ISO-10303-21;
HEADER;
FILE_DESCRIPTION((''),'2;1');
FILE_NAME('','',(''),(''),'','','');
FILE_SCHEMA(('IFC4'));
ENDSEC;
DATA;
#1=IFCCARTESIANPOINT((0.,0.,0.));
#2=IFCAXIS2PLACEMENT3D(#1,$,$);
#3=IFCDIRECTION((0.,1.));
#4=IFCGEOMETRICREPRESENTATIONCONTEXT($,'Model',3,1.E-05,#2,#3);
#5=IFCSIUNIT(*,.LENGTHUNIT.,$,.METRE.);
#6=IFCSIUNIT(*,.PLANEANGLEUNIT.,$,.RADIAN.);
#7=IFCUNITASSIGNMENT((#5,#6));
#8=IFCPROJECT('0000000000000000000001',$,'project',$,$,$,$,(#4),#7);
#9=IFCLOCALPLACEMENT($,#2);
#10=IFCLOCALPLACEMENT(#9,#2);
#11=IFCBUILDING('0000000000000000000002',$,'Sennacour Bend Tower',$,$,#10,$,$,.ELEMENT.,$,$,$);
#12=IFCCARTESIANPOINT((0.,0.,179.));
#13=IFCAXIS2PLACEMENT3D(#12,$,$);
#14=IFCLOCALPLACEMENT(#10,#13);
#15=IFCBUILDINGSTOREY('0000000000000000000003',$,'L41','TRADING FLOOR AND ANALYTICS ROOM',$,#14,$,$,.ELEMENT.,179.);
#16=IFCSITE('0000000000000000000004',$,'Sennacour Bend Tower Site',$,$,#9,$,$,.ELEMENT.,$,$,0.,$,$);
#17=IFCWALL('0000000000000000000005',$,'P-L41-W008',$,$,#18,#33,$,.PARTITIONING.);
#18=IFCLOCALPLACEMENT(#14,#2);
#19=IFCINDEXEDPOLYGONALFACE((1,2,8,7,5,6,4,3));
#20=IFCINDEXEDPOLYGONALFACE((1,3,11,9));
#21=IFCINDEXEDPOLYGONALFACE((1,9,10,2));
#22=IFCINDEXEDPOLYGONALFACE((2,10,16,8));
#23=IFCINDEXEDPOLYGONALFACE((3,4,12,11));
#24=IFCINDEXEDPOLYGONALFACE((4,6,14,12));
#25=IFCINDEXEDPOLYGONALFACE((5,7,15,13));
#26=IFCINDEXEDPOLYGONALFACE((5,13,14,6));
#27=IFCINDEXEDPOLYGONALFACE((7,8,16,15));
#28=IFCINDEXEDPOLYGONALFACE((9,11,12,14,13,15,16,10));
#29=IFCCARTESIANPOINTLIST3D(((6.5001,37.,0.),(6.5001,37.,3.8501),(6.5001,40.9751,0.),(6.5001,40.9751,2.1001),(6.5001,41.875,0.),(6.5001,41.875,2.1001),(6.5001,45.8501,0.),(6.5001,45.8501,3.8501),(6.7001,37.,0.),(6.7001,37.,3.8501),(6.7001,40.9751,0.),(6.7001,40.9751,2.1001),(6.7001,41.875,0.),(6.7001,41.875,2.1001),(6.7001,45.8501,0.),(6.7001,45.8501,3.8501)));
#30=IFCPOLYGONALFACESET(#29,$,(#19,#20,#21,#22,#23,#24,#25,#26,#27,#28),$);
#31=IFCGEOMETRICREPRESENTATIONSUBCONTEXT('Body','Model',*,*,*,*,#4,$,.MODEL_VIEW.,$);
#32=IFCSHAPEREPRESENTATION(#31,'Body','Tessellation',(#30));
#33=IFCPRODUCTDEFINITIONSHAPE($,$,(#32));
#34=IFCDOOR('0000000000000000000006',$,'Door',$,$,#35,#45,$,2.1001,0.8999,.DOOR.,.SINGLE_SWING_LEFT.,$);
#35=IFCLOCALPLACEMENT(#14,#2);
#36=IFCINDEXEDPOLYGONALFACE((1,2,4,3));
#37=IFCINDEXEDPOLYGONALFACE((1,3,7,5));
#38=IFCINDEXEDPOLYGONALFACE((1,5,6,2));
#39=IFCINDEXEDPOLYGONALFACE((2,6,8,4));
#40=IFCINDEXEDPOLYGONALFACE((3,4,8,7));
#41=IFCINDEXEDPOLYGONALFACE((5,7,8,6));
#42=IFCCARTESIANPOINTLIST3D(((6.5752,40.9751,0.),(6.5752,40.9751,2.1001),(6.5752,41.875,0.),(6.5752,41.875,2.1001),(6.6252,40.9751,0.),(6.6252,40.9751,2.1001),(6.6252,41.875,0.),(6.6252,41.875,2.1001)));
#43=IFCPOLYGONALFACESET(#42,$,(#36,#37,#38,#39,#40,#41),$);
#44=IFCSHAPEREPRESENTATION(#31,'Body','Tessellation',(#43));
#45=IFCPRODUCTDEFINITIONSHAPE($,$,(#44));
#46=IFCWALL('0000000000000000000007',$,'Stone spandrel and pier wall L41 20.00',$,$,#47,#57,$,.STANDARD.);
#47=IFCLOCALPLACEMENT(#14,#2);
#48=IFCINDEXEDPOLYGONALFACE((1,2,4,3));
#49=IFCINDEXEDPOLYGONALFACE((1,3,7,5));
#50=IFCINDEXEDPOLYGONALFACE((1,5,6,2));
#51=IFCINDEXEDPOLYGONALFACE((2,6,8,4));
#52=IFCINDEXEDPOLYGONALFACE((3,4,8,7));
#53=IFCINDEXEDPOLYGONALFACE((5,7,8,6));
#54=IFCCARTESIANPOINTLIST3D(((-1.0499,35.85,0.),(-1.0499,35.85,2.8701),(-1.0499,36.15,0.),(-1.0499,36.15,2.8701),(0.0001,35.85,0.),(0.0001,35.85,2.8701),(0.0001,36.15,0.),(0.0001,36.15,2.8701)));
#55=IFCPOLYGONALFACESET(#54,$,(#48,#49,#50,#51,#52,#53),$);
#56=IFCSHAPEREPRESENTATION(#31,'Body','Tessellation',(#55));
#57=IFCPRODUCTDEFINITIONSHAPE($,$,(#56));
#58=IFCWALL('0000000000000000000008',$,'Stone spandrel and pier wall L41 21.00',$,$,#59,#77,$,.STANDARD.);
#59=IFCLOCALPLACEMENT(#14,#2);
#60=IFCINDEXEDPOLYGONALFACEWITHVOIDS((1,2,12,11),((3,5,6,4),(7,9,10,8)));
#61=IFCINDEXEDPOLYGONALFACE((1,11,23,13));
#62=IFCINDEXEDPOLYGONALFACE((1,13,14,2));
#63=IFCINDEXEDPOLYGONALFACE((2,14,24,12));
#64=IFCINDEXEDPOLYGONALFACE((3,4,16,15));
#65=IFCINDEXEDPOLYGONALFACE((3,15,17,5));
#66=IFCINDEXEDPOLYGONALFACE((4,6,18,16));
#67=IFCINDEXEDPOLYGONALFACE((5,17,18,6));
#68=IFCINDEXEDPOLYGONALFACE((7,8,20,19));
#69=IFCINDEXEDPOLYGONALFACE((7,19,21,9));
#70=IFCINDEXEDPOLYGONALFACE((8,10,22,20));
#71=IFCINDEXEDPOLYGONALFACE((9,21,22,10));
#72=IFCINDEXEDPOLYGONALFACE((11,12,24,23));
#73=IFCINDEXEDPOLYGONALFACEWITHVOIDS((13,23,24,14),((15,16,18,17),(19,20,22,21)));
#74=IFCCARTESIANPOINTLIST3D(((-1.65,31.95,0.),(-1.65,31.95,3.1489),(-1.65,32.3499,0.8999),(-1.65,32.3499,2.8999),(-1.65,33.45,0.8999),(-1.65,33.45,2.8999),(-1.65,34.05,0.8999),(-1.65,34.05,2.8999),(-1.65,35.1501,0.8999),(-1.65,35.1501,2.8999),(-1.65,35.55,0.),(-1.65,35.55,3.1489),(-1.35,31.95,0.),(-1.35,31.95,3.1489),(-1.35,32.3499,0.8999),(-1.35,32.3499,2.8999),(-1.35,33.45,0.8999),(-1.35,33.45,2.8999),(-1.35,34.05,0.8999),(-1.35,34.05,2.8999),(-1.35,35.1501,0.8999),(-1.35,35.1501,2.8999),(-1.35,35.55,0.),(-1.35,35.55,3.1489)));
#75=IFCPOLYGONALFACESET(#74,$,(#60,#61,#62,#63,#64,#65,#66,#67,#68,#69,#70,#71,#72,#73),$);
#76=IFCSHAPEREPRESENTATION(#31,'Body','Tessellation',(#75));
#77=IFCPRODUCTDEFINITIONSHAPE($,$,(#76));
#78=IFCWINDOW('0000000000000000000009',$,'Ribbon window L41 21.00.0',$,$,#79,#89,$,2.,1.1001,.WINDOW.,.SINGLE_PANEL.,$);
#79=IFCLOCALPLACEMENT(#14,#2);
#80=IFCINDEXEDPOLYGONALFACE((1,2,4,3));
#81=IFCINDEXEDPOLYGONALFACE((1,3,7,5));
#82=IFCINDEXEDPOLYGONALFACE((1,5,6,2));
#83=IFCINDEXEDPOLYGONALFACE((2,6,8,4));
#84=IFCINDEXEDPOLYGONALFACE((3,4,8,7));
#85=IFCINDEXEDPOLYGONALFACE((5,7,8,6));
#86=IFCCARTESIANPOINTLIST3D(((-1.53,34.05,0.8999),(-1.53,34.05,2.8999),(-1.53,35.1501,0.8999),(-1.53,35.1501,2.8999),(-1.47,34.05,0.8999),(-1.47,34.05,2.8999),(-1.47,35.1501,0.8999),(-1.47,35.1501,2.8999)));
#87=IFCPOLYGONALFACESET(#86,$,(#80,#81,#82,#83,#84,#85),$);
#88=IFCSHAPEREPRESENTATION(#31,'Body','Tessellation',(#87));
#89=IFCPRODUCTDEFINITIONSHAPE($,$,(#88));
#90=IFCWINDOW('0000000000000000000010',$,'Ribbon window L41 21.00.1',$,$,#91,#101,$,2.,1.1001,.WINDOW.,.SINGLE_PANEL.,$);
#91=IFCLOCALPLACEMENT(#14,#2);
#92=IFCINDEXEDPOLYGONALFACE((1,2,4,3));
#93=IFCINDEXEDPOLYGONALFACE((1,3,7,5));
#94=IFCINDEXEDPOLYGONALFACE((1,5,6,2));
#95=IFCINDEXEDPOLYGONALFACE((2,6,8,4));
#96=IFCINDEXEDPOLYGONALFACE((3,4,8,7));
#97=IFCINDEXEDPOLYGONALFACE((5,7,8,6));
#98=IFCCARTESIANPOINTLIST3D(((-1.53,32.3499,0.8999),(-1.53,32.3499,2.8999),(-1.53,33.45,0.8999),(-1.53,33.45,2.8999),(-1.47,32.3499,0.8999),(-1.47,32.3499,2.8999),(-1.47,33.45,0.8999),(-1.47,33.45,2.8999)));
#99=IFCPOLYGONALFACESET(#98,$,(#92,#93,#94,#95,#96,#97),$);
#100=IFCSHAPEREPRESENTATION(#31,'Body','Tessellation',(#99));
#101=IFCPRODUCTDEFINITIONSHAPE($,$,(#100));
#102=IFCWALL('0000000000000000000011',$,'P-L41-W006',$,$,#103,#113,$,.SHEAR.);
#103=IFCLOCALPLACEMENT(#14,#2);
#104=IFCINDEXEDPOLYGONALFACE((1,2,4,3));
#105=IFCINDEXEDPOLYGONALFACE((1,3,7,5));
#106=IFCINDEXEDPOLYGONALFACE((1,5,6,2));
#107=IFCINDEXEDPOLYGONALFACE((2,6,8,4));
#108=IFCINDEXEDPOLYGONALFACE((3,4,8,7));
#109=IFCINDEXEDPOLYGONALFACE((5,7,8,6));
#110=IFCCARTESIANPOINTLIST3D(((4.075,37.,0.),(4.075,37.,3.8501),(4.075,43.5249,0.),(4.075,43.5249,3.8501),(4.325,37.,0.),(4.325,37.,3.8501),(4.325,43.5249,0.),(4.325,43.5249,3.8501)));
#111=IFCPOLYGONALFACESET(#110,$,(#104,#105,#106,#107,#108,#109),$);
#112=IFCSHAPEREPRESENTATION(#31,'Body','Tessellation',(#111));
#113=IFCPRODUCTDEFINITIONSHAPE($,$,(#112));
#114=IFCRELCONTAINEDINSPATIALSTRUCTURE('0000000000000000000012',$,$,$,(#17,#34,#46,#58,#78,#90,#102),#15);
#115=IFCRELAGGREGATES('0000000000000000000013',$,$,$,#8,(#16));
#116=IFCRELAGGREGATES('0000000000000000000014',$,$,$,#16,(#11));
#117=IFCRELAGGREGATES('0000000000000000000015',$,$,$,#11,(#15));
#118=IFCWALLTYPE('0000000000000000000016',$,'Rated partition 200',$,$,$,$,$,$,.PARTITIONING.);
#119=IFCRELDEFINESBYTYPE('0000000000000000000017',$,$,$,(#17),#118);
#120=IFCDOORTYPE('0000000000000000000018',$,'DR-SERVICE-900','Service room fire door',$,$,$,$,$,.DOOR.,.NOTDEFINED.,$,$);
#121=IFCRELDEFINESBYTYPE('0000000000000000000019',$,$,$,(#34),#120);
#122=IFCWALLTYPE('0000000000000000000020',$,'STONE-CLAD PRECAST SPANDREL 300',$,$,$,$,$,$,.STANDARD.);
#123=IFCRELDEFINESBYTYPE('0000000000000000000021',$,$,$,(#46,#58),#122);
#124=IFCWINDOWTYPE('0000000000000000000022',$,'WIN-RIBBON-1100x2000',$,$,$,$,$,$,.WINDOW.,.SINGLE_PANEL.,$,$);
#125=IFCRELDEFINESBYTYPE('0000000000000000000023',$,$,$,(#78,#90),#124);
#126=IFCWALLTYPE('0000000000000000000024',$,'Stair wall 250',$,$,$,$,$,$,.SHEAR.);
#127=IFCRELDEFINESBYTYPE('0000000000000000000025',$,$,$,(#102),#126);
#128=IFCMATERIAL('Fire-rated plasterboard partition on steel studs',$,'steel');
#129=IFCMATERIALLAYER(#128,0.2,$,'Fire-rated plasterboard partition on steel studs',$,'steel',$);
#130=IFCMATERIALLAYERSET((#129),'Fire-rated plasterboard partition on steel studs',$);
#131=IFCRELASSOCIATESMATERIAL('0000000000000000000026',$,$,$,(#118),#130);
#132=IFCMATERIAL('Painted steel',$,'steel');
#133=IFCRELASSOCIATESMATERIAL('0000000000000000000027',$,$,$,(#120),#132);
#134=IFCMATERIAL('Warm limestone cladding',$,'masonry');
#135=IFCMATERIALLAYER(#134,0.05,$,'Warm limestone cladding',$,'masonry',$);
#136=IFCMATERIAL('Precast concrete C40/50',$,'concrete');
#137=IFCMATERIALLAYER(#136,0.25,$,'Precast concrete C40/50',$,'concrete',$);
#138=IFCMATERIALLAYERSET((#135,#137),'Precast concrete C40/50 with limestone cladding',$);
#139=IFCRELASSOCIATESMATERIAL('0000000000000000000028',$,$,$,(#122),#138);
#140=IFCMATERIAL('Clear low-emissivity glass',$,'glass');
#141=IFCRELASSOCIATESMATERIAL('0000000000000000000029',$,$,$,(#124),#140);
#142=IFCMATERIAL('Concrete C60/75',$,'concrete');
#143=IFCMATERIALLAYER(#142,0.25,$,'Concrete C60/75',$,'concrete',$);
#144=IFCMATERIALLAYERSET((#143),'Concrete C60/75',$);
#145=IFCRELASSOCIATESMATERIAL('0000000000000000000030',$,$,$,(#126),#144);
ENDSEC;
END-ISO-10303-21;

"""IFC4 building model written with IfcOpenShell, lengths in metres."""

from ifc_helpers import new_model, si_unit, direction, frame, frame_2d, origin, place, context, subcontext, project, spatial, rectangle, extrude, material, layer, layer_set, type_object, element, fill, save


model = new_model("IFC4")

# Units and contexts
model_context = context("Model", 3, precision=1e-05, world=origin(), true_north=direction((0.0, 1.0)))
body_context = subcontext(model_context, "Body", "Model", "MODEL_VIEW")
ifc_project = project(units=[si_unit("LENGTHUNIT", "METRE"), si_unit("PLANEANGLEUNIT", "RADIAN")], contexts=[model_context])

# Site, building, storey
site_placement = place(None, origin())
site = spatial("IfcSite", under=ifc_project, at=site_placement, Name="Sennacour Bend Tower Site", CompositionType="ELEMENT", RefElevation=0.0)
building_placement = place(site_placement, origin())
building = spatial("IfcBuilding", under=site, at=building_placement, Name="Sennacour Bend Tower", CompositionType="ELEMENT")
storey_placement = place(building_placement, frame((0.0, 0.0, 179.0)))
storey = spatial("IfcBuildingStorey", under=building, at=storey_placement, Name="L41", Description="TRADING FLOOR AND ANALYTICS ROOM", CompositionType="ELEMENT", Elevation=179.0)

# Shared definitions
ifc_material_1 = material(Name="Concrete C60/75", Category="concrete")
ifc_material_2 = material(Name="Painted steel", Category="steel")

# Wall, opening, door
ifc_material_3 = material(Name="Fire-rated plasterboard partition on steel studs", Category="steel")
ifc_layer_1 = layer(ifc_material_3, 0.2, Name="Fire-rated plasterboard partition on steel studs", Category="steel")
ifc_layer_set_1 = layer_set([ifc_layer_1], Name="Fire-rated plasterboard partition on steel studs")
wall_type_1 = type_object("IfcWallType", Name="Rated partition 200", PredefinedType="PARTITIONING", material=ifc_layer_set_1)
wall_1_placement = place(storey_placement, frame((6.6001, 37.0, 0.0), z_axis=(0.0, 0.0, 1.0), x_axis=(0.0, 1.0, 0.0)))
wall_1 = element("IfcWall", 1, at=wall_1_placement, inside=storey, type_object=wall_type_1, Name="P-L41-W008", PredefinedType="PARTITIONING", context=body_context, shape_type="SweptSolid", body=[
    extrude(rectangle(XDim=8.8501, YDim=0.2, at=frame_2d((4.425, 0.0))), origin(), (0.0, 0.0, 1.0), 3.8501),
])
opening_1_placement = place(wall_1_placement, frame((3.9751, 0.0, 0.0)))
opening_1 = element("IfcOpeningElement", 2, at=opening_1_placement, cuts=wall_1, PredefinedType="OPENING", context=body_context, shape_type="SweptSolid", body=[
    extrude(rectangle(XDim=0.8999, YDim=2.1001, at=frame_2d((0.45, 1.05))), frame((0.0, 0.1099, 0.0), z_axis=(0.0, -1.0, 0.0), x_axis=(1.0, 0.0, 0.0)), (0.0, 0.0, 1.0), 0.22),
])
door_type_1 = type_object("IfcDoorType", Name="DR-SERVICE-900", Description="Service room fire door", OperationType="NOTDEFINED", PredefinedType="DOOR", material=ifc_material_2)
door_1_placement = place(opening_1_placement, origin())
door_1 = element("IfcDoor", 3, at=door_1_placement, inside=storey, type_object=door_type_1, Name="Door", OperationType="SINGLE_SWING_LEFT", OverallHeight=2.1001, OverallWidth=0.8999, PredefinedType="DOOR", context=body_context, shape_type="SweptSolid", body=[
    extrude(rectangle(XDim=0.8999, YDim=2.1001, at=frame_2d((0.45, 1.05))), frame((0.0, 0.0249, 0.0), z_axis=(0.0, -1.0, 0.0), x_axis=(1.0, 0.0, 0.0)), (0.0, 0.0, 1.0), 0.05),
])
fill(opening_1, door_1)

# Wall
ifc_material_4 = material(Name="Warm limestone cladding", Category="masonry")
ifc_layer_2 = layer(ifc_material_4, 0.05, Name="Warm limestone cladding", Category="masonry")
ifc_material_5 = material(Name="Precast concrete C40/50", Category="concrete")
ifc_layer_3 = layer(ifc_material_5, 0.25, Name="Precast concrete C40/50", Category="concrete")
ifc_layer_set_2 = layer_set([ifc_layer_2, ifc_layer_3], Name="Precast concrete C40/50 with limestone cladding")
wall_type_2 = type_object("IfcWallType", Name="STONE-CLAD PRECAST SPANDREL 300", PredefinedType="STANDARD", material=ifc_layer_set_2)
wall_2_placement = place(storey_placement, frame((0.0, 36.0, 0.0), z_axis=(0.0, 0.0, 1.0), x_axis=(-1.0, 0.0, 0.0)))
element("IfcWall", 4, at=wall_2_placement, inside=storey, type_object=wall_type_2, Name="Stone spandrel and pier wall L41 20.00", PredefinedType="STANDARD", context=body_context, shape_type="SweptSolid", body=[
    extrude(rectangle(XDim=1.05, YDim=0.3, at=frame_2d((0.5249, 0.0))), origin(), (0.0, 0.0, 1.0), 2.8701),
])

# Wall, openings, windows
wall_3_placement = place(storey_placement, frame((-1.5, 35.55, 0.0), z_axis=(0.0, 0.0, 1.0), x_axis=(0.0, -1.0, 0.0)))
wall_3 = element("IfcWall", 5, at=wall_3_placement, inside=storey, type_object=wall_type_2, Name="Stone spandrel and pier wall L41 21.00", PredefinedType="STANDARD", context=body_context, shape_type="SweptSolid", body=[
    extrude(rectangle(XDim=3.6001, YDim=0.3, at=frame_2d((1.8, 0.0))), origin(), (0.0, 0.0, 1.0), 3.1489),
])
opening_2_placement = place(wall_3_placement, frame((0.3999, 0.0, 0.8999)))
opening_2 = element("IfcOpeningElement", 6, at=opening_2_placement, cuts=wall_3, PredefinedType="OPENING", context=body_context, shape_type="SweptSolid", body=[
    extrude(rectangle(XDim=1.1001, YDim=2.0, at=frame_2d((0.55, 1.0))), frame((0.0, 0.1602, 0.0), z_axis=(0.0, -1.0, 0.0), x_axis=(1.0, 0.0, 0.0)), (0.0, 0.0, 1.0), 0.3201),
])
opening_3_placement = place(wall_3_placement, frame((2.1001, 0.0, 0.8999)))
opening_3 = element("IfcOpeningElement", 7, at=opening_3_placement, cuts=wall_3, PredefinedType="OPENING", context=body_context, shape_type="SweptSolid", body=[
    extrude(rectangle(XDim=1.1001, YDim=2.0, at=frame_2d((0.55, 1.0))), frame((0.0, 0.1602, 0.0), z_axis=(0.0, -1.0, 0.0), x_axis=(1.0, 0.0, 0.0)), (0.0, 0.0, 1.0), 0.3201),
])
ifc_material_6 = material(Name="Clear low-emissivity glass", Category="glass")
window_type = type_object("IfcWindowType", Name="WIN-RIBBON-1100x2000", PartitioningType="SINGLE_PANEL", PredefinedType="WINDOW", material=ifc_material_6)
window_1_placement = place(opening_2_placement, origin())
window_1 = element("IfcWindow", 8, at=window_1_placement, inside=storey, type_object=window_type, Name="Ribbon window L41 21.00.0", OverallHeight=2.0, OverallWidth=1.1001, PartitioningType="SINGLE_PANEL", PredefinedType="WINDOW", context=body_context, shape_type="SweptSolid", body=[
    extrude(rectangle(XDim=1.1001, YDim=2.0, at=frame_2d((0.55, 1.0))), frame((0.0, 0.03, 0.0), z_axis=(0.0, -1.0, 0.0), x_axis=(1.0, 0.0, 0.0)), (0.0, 0.0, 1.0), 0.0601),
])
fill(opening_2, window_1)
window_2_placement = place(opening_3_placement, origin())
window_2 = element("IfcWindow", 9, at=window_2_placement, inside=storey, type_object=window_type, Name="Ribbon window L41 21.00.1", OverallHeight=2.0, OverallWidth=1.1001, PartitioningType="SINGLE_PANEL", PredefinedType="WINDOW", context=body_context, shape_type="SweptSolid", body=[
    extrude(rectangle(XDim=1.1001, YDim=2.0, at=frame_2d((0.55, 1.0))), frame((0.0, 0.03, 0.0), z_axis=(0.0, -1.0, 0.0), x_axis=(1.0, 0.0, 0.0)), (0.0, 0.0, 1.0), 0.0601),
])
fill(opening_3, window_2)

# Wall
ifc_layer_4 = layer(ifc_material_1, 0.25, Name="Concrete C60/75", Category="concrete")
ifc_layer_set_3 = layer_set([ifc_layer_4], Name="Concrete C60/75")
wall_type_3 = type_object("IfcWallType", Name="Stair wall 250", PredefinedType="SHEAR", material=ifc_layer_set_3)
wall_4_placement = place(storey_placement, frame((4.2, 37.0, 0.0), z_axis=(0.0, 0.0, 1.0), x_axis=(0.0, 1.0, 0.0)))
element("IfcWall", 10, at=wall_4_placement, inside=storey, type_object=wall_type_3, Name="P-L41-W006", PredefinedType="SHEAR", context=body_context, shape_type="SweptSolid", body=[
    extrude(rectangle(XDim=6.5249, YDim=0.25, at=frame_2d((3.2625, 0.0))), origin(), (0.0, 0.0, 1.0), 3.8501),
])

save(model, "model.ifc")
